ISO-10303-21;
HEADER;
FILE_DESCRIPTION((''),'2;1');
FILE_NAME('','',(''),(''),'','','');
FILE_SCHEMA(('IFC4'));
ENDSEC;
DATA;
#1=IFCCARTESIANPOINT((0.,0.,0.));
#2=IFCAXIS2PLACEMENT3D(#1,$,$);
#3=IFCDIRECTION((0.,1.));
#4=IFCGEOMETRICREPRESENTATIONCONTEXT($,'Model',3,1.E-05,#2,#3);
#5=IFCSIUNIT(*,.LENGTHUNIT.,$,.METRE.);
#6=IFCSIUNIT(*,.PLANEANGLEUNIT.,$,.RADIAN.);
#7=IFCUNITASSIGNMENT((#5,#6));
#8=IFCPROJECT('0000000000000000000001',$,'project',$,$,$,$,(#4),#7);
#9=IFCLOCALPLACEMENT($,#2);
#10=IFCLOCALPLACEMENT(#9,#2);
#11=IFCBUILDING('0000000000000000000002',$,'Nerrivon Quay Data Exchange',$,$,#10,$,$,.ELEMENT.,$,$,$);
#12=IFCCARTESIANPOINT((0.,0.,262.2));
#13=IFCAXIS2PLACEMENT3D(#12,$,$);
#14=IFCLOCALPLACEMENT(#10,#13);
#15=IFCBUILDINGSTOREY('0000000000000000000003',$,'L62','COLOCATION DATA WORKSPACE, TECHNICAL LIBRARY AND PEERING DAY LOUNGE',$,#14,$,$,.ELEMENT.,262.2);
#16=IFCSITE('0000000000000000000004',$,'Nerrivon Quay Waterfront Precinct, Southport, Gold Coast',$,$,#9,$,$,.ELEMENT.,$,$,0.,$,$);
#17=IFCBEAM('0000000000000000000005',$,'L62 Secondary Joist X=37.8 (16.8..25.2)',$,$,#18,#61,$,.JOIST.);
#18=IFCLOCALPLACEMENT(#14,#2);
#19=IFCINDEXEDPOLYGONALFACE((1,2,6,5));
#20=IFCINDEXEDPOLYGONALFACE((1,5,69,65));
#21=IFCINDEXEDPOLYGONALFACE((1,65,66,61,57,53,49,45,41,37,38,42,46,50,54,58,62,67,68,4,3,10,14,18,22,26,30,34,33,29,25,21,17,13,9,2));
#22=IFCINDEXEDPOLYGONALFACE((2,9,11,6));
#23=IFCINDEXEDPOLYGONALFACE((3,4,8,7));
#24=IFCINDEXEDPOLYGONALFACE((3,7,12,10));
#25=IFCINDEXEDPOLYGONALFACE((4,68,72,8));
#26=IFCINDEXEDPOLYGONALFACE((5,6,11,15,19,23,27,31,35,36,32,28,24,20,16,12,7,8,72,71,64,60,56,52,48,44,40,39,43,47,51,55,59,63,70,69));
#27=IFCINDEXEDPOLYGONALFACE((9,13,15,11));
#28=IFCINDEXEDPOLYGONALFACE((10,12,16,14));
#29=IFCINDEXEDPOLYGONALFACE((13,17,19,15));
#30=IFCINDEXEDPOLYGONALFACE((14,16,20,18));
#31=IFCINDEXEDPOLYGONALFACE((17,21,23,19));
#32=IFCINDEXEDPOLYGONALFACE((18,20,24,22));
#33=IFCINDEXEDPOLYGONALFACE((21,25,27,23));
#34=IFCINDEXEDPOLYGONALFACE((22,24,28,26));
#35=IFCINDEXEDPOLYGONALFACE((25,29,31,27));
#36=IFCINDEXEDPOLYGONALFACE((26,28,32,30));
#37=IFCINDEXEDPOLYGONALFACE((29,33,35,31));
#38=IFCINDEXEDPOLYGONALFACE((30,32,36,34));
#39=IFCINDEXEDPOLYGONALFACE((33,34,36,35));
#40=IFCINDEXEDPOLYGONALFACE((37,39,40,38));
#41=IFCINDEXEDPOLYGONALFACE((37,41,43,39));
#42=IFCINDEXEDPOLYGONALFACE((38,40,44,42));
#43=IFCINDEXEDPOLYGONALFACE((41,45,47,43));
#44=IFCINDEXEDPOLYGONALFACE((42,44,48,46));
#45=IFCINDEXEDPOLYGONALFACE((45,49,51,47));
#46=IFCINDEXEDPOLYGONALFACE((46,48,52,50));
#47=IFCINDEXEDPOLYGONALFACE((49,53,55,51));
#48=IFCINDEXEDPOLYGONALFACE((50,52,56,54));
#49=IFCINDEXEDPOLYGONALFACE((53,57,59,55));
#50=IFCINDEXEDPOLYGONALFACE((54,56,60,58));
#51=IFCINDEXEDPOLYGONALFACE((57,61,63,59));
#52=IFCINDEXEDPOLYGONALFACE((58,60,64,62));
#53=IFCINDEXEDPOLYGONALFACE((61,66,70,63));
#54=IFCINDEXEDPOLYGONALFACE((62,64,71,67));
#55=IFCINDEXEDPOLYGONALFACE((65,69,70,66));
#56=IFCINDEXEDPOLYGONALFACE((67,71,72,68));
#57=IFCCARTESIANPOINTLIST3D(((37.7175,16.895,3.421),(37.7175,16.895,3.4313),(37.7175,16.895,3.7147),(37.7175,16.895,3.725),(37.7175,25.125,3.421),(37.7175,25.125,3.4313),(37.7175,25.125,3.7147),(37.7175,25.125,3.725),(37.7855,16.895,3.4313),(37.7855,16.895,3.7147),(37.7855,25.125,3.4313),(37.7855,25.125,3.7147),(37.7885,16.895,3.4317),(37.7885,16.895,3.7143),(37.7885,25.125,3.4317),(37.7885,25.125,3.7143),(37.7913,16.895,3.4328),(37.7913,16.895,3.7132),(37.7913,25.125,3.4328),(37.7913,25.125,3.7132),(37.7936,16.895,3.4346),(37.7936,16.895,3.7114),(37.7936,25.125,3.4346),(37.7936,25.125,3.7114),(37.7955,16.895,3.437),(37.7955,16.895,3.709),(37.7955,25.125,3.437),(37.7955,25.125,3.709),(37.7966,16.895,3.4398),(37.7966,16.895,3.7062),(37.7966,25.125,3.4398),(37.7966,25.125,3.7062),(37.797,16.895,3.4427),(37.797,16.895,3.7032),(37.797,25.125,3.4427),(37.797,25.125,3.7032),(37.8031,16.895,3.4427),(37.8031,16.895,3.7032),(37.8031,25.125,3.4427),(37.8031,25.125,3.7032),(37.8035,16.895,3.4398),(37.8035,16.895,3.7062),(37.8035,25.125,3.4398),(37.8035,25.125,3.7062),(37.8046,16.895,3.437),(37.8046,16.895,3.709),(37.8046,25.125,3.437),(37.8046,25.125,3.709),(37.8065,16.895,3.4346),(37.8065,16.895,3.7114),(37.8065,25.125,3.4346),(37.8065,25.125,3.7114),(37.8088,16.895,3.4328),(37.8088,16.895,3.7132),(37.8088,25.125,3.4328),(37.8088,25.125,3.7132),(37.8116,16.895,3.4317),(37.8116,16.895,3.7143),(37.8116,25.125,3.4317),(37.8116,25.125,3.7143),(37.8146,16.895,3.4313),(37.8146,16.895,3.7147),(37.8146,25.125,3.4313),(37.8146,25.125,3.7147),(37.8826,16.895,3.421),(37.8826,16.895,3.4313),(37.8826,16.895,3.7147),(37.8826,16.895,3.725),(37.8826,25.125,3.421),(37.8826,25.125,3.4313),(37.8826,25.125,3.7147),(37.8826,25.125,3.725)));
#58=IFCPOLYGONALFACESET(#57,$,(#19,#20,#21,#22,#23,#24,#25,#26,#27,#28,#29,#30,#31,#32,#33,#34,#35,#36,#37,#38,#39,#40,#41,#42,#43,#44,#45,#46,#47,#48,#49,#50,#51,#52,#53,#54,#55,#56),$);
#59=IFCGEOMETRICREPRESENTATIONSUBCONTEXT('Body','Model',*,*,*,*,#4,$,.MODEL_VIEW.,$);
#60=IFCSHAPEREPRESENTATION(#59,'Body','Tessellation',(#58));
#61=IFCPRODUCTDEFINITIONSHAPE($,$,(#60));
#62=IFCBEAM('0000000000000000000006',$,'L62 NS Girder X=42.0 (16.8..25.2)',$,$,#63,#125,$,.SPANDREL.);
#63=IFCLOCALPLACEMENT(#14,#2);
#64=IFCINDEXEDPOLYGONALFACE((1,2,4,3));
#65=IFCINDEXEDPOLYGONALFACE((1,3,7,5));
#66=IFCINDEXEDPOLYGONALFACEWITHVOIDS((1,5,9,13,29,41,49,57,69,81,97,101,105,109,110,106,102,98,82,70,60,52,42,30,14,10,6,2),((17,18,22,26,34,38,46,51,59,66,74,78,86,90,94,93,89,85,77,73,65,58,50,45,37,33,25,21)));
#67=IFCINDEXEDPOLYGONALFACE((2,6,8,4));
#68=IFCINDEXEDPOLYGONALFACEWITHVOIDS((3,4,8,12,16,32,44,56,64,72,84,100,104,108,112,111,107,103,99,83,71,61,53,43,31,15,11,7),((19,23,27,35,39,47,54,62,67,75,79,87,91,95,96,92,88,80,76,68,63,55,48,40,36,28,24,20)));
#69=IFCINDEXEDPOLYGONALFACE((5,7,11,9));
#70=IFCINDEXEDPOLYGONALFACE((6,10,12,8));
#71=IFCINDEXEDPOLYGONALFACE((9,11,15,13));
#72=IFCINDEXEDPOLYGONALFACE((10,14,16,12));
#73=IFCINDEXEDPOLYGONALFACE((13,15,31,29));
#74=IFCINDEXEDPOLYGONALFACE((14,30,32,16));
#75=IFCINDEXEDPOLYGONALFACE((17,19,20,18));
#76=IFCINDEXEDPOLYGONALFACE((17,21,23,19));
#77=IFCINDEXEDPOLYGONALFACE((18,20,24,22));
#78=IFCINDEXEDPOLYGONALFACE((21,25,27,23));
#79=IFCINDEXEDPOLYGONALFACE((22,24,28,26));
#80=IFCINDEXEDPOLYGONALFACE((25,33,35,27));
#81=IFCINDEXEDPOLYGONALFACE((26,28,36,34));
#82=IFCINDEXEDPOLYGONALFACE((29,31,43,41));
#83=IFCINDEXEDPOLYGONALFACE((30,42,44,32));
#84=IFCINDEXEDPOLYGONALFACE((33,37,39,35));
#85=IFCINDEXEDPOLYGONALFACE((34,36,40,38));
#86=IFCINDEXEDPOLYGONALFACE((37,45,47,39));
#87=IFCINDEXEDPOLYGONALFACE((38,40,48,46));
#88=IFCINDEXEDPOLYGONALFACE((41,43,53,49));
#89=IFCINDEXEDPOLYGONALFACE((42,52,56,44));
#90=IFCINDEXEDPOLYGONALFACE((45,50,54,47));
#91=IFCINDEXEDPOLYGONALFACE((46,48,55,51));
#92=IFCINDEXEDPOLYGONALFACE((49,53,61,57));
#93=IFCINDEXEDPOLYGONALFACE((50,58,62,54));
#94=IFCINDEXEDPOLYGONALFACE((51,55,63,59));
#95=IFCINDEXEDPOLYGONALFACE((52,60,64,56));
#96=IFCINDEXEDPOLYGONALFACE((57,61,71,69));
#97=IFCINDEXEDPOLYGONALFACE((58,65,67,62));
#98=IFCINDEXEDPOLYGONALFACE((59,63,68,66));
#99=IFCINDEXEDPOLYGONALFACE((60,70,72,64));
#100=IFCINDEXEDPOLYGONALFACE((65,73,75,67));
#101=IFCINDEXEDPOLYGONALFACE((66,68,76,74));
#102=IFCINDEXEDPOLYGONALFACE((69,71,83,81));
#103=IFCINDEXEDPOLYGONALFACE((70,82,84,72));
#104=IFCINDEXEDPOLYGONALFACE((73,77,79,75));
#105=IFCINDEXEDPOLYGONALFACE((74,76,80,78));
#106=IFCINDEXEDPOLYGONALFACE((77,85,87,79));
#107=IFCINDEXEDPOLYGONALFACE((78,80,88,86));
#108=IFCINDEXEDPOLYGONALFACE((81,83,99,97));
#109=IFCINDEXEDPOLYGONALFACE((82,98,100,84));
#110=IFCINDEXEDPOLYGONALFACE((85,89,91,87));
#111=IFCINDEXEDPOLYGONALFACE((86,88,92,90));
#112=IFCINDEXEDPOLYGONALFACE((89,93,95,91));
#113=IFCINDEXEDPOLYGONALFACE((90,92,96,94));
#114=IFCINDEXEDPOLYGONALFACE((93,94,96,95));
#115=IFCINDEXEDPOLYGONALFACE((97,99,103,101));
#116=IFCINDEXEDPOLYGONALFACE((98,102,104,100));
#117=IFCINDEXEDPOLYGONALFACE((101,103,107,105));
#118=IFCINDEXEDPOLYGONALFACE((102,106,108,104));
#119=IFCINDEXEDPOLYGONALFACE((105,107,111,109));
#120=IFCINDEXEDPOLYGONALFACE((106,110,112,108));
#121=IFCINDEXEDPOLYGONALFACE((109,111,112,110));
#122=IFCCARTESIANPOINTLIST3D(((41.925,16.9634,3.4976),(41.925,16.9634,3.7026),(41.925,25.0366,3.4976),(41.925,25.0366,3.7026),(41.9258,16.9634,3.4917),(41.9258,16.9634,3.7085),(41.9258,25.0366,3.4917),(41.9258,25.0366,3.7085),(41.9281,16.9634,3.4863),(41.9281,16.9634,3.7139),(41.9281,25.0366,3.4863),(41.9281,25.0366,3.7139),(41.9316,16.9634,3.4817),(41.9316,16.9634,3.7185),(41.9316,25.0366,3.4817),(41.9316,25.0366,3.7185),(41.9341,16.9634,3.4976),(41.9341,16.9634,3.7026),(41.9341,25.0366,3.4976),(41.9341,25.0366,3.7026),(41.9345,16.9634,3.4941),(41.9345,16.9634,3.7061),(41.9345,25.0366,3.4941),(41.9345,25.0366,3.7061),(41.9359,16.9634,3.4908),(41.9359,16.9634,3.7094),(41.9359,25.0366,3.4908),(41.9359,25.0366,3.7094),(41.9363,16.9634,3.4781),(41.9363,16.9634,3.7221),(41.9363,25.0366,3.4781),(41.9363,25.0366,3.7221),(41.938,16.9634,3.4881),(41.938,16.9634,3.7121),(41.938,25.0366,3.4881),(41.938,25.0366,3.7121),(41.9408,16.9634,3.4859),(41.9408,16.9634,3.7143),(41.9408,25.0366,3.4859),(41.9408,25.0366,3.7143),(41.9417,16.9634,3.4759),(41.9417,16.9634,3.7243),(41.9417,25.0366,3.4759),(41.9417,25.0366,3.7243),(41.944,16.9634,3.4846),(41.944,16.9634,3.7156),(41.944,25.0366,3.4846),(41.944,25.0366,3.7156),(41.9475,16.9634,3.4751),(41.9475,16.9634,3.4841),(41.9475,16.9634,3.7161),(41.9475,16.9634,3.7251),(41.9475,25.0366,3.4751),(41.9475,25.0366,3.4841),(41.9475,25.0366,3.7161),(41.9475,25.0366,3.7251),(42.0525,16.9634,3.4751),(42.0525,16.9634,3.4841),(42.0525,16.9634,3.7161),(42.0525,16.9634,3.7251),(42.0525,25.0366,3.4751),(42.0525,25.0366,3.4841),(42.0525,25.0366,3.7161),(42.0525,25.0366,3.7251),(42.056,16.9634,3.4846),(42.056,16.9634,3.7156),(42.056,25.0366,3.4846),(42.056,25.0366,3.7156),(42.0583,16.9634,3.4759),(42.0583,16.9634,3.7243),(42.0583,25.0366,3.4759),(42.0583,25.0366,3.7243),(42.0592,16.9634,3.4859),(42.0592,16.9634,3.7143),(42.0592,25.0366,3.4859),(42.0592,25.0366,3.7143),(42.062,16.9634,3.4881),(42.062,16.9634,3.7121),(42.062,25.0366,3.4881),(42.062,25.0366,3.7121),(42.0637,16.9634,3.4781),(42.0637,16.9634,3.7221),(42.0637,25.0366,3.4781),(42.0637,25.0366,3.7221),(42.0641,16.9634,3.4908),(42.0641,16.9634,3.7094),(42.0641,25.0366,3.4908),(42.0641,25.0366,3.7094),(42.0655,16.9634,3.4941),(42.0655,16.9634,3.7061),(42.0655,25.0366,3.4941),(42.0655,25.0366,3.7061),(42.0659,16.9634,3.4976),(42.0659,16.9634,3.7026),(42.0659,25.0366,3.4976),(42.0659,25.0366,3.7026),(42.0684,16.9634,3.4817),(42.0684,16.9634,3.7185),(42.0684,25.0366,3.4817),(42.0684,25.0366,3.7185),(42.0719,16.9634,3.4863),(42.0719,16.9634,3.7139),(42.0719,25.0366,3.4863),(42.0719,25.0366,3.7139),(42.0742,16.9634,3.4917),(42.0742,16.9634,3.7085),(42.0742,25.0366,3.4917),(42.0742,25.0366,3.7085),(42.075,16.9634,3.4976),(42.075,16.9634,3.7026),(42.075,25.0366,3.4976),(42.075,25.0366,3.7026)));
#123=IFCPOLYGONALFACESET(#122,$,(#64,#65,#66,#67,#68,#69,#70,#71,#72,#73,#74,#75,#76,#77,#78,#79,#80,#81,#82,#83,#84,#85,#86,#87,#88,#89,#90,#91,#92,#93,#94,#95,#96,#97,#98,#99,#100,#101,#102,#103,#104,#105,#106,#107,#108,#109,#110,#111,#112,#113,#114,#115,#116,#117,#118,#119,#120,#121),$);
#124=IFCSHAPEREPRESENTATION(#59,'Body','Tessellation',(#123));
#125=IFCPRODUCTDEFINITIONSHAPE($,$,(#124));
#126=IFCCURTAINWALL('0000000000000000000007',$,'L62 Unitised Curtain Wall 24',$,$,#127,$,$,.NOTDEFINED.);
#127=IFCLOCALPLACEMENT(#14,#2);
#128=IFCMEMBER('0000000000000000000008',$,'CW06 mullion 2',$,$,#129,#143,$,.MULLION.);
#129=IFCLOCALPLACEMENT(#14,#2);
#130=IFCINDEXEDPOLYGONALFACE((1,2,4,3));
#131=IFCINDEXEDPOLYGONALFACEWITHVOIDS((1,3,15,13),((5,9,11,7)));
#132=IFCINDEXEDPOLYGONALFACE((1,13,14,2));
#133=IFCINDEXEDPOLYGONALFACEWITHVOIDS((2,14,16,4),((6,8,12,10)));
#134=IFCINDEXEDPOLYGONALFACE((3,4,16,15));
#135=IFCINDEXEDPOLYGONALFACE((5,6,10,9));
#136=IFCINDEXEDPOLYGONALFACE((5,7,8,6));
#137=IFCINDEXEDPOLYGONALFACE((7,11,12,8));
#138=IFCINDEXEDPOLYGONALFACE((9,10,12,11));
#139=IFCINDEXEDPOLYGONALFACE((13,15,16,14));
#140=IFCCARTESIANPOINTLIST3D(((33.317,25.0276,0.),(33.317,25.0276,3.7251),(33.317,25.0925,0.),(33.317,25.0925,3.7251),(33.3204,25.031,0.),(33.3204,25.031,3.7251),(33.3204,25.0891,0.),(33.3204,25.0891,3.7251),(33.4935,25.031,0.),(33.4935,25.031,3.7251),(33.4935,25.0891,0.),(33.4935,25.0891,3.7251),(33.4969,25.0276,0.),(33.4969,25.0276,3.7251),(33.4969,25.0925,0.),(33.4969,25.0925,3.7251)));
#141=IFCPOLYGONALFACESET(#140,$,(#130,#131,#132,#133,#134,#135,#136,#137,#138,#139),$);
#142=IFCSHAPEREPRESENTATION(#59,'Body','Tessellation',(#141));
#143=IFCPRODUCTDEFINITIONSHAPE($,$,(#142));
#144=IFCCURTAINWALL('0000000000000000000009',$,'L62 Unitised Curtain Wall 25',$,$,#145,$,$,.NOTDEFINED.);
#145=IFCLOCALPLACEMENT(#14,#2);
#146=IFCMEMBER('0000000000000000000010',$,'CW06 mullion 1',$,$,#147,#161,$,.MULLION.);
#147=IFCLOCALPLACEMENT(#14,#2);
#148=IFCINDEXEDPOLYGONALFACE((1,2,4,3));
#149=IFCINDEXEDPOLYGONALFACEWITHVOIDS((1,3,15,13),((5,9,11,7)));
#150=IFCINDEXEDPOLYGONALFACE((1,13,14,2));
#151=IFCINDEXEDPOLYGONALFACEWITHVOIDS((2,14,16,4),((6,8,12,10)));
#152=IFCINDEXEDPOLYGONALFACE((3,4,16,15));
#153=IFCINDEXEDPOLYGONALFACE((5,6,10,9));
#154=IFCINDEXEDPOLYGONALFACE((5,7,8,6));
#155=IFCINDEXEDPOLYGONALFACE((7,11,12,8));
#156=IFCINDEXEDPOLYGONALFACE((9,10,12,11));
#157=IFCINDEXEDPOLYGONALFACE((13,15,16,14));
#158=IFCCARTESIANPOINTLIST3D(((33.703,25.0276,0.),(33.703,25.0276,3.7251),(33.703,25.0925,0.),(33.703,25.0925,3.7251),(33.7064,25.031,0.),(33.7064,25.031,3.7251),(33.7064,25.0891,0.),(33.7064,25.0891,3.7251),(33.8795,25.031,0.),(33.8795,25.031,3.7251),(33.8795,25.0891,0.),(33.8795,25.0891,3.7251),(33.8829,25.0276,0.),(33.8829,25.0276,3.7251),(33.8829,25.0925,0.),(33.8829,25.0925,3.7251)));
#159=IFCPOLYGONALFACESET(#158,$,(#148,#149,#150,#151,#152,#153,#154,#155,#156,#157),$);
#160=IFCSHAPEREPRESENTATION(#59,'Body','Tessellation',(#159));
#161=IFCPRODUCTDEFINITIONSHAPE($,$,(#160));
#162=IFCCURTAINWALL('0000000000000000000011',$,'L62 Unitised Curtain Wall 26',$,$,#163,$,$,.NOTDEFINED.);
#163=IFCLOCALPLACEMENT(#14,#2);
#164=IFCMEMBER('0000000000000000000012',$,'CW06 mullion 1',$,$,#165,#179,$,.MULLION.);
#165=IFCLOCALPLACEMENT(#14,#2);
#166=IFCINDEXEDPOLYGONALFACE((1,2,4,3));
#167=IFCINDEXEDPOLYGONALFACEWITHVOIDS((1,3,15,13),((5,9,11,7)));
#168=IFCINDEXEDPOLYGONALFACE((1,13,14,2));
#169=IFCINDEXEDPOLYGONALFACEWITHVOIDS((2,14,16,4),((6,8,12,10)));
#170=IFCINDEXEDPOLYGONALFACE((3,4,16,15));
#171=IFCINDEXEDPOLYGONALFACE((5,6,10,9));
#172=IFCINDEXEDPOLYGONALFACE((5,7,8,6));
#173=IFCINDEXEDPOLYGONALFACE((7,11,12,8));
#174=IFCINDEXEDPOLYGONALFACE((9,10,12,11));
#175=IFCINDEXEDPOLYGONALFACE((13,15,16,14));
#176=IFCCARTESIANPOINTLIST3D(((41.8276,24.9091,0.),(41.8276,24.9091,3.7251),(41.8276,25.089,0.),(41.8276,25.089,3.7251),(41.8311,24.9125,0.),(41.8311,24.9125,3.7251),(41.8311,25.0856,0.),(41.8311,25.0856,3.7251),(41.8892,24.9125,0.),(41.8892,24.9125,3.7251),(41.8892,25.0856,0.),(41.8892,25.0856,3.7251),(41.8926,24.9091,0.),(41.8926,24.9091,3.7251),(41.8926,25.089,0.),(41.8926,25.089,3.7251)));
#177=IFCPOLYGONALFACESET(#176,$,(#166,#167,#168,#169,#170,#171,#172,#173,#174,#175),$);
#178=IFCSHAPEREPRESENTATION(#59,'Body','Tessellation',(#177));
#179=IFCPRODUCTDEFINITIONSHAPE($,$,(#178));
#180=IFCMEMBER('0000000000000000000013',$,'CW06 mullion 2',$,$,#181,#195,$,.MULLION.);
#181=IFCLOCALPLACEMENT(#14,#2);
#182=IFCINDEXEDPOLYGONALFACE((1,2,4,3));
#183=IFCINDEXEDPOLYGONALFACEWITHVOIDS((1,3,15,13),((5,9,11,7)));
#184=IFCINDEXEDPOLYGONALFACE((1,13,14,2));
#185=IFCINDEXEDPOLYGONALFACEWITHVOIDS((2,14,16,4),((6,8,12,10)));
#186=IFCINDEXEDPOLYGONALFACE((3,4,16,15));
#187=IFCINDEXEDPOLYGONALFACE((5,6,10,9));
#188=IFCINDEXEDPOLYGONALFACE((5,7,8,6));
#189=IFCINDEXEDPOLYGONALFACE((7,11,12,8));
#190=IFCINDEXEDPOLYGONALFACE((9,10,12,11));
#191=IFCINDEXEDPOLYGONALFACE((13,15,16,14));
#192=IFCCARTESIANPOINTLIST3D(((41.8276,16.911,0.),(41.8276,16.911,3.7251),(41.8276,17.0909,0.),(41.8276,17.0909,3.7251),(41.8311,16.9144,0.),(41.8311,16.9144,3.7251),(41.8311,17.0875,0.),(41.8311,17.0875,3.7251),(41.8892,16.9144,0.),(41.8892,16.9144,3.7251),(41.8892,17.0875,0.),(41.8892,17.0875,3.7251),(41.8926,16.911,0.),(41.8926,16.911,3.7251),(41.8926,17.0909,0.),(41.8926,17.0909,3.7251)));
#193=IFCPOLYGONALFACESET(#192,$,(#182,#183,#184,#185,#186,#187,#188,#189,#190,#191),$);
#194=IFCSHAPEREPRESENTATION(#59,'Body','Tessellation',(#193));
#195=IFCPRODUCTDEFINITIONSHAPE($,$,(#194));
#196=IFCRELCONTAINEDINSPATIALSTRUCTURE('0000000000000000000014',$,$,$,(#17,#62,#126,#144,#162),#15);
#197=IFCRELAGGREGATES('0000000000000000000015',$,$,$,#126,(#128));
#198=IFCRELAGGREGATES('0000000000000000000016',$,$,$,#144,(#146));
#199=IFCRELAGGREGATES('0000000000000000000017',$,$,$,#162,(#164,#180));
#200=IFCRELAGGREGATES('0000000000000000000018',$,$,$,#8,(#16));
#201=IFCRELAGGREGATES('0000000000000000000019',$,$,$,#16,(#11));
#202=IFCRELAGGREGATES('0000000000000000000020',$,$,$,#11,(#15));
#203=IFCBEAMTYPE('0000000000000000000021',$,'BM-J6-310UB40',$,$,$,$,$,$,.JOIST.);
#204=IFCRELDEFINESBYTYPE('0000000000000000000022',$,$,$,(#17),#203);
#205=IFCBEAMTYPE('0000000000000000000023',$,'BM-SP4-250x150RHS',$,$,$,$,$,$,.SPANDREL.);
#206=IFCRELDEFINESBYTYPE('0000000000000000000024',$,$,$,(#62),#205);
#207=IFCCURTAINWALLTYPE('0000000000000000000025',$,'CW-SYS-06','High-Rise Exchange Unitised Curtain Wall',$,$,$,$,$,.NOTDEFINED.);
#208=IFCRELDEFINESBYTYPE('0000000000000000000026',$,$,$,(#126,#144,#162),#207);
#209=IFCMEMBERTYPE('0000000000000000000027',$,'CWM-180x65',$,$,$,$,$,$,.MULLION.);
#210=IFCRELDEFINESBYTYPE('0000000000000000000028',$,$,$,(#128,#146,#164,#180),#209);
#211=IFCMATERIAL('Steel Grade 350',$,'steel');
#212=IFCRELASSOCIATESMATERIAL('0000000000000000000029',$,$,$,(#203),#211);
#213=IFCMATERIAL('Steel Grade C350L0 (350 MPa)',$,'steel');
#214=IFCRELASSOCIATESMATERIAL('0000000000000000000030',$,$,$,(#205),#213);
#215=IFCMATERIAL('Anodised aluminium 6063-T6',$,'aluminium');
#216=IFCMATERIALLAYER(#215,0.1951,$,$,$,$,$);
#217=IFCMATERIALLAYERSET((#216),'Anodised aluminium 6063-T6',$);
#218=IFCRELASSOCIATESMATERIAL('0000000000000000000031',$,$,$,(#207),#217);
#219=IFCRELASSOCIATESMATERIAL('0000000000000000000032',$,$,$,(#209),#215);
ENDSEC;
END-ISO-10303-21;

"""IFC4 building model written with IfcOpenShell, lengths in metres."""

from ifc_helpers import new_model, si_unit, direction, frame, origin, origin_2d, place, context, subcontext, project, spatial, hollow_rectangle, i_section, extrude, material, layer, layer_set, material_profile, profile_set, type_object, element, aggregate, save


model = new_model("IFC4")

# Units and contexts
model_context = context("Model", 3, precision=1e-05, world=origin(), true_north=direction((0.0, 1.0)))
body_context = subcontext(model_context, "Body", "Model", "MODEL_VIEW")
ifc_project = project(units=[si_unit("LENGTHUNIT", "METRE"), si_unit("PLANEANGLEUNIT", "RADIAN")], contexts=[model_context])

# Site, building, storey
site_placement = place(None, origin())
site = spatial("IfcSite", under=ifc_project, at=site_placement, Name="Nerrivon Quay Waterfront Precinct, Southport, Gold Coast", CompositionType="ELEMENT", RefElevation=0.0)
building_placement = place(site_placement, origin())
building = spatial("IfcBuilding", under=site, at=building_placement, Name="Nerrivon Quay Data Exchange", CompositionType="ELEMENT")
storey_placement = place(building_placement, frame((0.0, 0.0, 262.2)))
storey = spatial("IfcBuildingStorey", under=building, at=storey_placement, Name="L62", Description="COLOCATION DATA WORKSPACE, TECHNICAL LIBRARY AND PEERING DAY LOUNGE", CompositionType="ELEMENT", Elevation=262.2)

# Shared definitions
ifc_material_1 = material(Name="Steel Grade 350", Category="steel")

# Beams
ifc_material_profile_1 = material_profile(ifc_material_1, i_section(OverallWidth=0.165, OverallDepth=0.304, WebThickness=0.0061, FlangeThickness=0.0103, FilletRadius=0.0115, at=origin_2d()), Name="310UB40.4")
ifc_profile_set_1 = profile_set([ifc_material_profile_1], Name="Steel Grade 350")
beam_type_1 = type_object("IfcBeamType", Name="BM-J6-310UB40", PredefinedType="JOIST", material=ifc_profile_set_1)
beam_1_placement = place(storey_placement, frame((37.8, 16.895, 3.573), z_axis=(0.0, 1.0, 0.0), x_axis=(-1.0, 0.0, 0.0)))
element("IfcBeam", 1, at=beam_1_placement, inside=storey, type_object=beam_type_1, Name="L62 Secondary Joist X=37.8 (16.8..25.2)", PredefinedType="JOIST", context=body_context, shape_type="SweptSolid", body=[
    extrude(i_section(OverallWidth=0.165, OverallDepth=0.304, WebThickness=0.0061, FlangeThickness=0.0103, FilletRadius=0.0115, at=origin_2d()), origin(), (0.0, 0.0, 1.0), 8.23),
])
ifc_material_2 = material(Name="Steel Grade C350L0 (350 MPa)", Category="steel")
ifc_material_profile_2 = material_profile(ifc_material_2, hollow_rectangle(XDim=0.1499, YDim=0.25, WallThickness=0.009, InnerFilletRadius=0.0134, OuterFilletRadius=0.0225, at=origin_2d()), Name="250x150x9.0RHS")
ifc_profile_set_2 = profile_set([ifc_material_profile_2], Name="Steel Grade C350L0 (350 MPa)")
beam_type_2 = type_object("IfcBeamType", Name="BM-SP4-250x150RHS", PredefinedType="SPANDREL", material=ifc_profile_set_2)
beam_2_placement = place(storey_placement, frame((42.0, 16.9634, 3.6001), z_axis=(0.0, 1.0, 0.0), x_axis=(-1.0, 0.0, 0.0)))
element("IfcBeam", 2, at=beam_2_placement, inside=storey, type_object=beam_type_2, Name="L62 NS Girder X=42.0 (16.8..25.2)", PredefinedType="SPANDREL", context=body_context, shape_type="SweptSolid", body=[
    extrude(hollow_rectangle(XDim=0.1499, YDim=0.25, WallThickness=0.009, InnerFilletRadius=0.0134, OuterFilletRadius=0.0225, at=origin_2d()), origin(), (0.0, 0.0, 1.0), 8.0732),
])

# Curtain walls, members
ifc_material_3 = material(Name="Anodised aluminium 6063-T6", Category="aluminium")
ifc_layer_1 = layer(ifc_material_3, 0.1951)
ifc_layer_set_1 = layer_set([ifc_layer_1], Name="Anodised aluminium 6063-T6")
curtain_wall_type = type_object("IfcCurtainWallType", Name="CW-SYS-06", Description="High-Rise Exchange Unitised Curtain Wall", PredefinedType="NOTDEFINED", material=ifc_layer_set_1)
curtain_wall_1_placement = place(storey_placement, origin())
curtain_wall_1 = element("IfcCurtainWall", 3, at=curtain_wall_1_placement, inside=storey, type_object=curtain_wall_type, Name="L62 Unitised Curtain Wall 24", PredefinedType="NOTDEFINED")
ifc_material_profile_3 = material_profile(ifc_material_3, hollow_rectangle(XDim=0.0649, YDim=0.1799, WallThickness=0.0034, at=origin_2d()), Name="ALU-MULL-180x65")
ifc_profile_set_3 = profile_set([ifc_material_profile_3], Name="Anodised aluminium 6063-T6")
member_type_1 = type_object("IfcMemberType", Name="CWM-180x65", PredefinedType="MULLION", material=ifc_profile_set_3)
member_1_placement = place(storey_placement, frame((33.407, 25.0601, 0.0), z_axis=(0.0, 0.0, 1.0), x_axis=(0.0, 1.0, 0.0)))
member_1 = element("IfcMember", 4, at=member_1_placement, type_object=member_type_1, Name="CW06 mullion 2", PredefinedType="MULLION", context=body_context, shape_type="SweptSolid", body=[
    extrude(hollow_rectangle(XDim=0.0649, YDim=0.1799, WallThickness=0.0034, at=origin_2d()), origin(), (0.0, 0.0, 1.0), 3.7251),
])
aggregate(curtain_wall_1, [member_1])
curtain_wall_2_placement = place(storey_placement, origin())
curtain_wall_2 = element("IfcCurtainWall", 5, at=curtain_wall_2_placement, inside=storey, type_object=curtain_wall_type, Name="L62 Unitised Curtain Wall 25", PredefinedType="NOTDEFINED")
member_2_placement = place(storey_placement, frame((33.793, 25.0601, 0.0), z_axis=(0.0, 0.0, 1.0), x_axis=(0.0, 1.0, 0.0)))
member_2 = element("IfcMember", 6, at=member_2_placement, type_object=member_type_1, Name="CW06 mullion 1", PredefinedType="MULLION", context=body_context, shape_type="SweptSolid", body=[
    extrude(hollow_rectangle(XDim=0.0649, YDim=0.1799, WallThickness=0.0034, at=origin_2d()), origin(), (0.0, 0.0, 1.0), 3.7251),
])

# Curtain wall, members
curtain_wall_3_placement = place(storey_placement, origin())
curtain_wall_3 = element("IfcCurtainWall", 7, at=curtain_wall_3_placement, inside=storey, type_object=curtain_wall_type, Name="L62 Unitised Curtain Wall 26", PredefinedType="NOTDEFINED")
member_3_placement = place(storey_placement, frame((41.8601, 24.999, 0.0), z_axis=(0.0, 0.0, 1.0), x_axis=(1.0, 0.0, 0.0)))
member_3 = element("IfcMember", 8, at=member_3_placement, type_object=member_type_1, Name="CW06 mullion 1", PredefinedType="MULLION", context=body_context, shape_type="SweptSolid", body=[
    extrude(hollow_rectangle(XDim=0.0649, YDim=0.1799, WallThickness=0.0034, at=origin_2d()), origin(), (0.0, 0.0, 1.0), 3.7251),
])
member_4_placement = place(storey_placement, frame((41.8601, 17.001, 0.0), z_axis=(0.0, 0.0, 1.0), x_axis=(1.0, 0.0, 0.0)))
member_4 = element("IfcMember", 9, at=member_4_placement, type_object=member_type_1, Name="CW06 mullion 2", PredefinedType="MULLION", context=body_context, shape_type="SweptSolid", body=[
    extrude(hollow_rectangle(XDim=0.0649, YDim=0.1799, WallThickness=0.0034, at=origin_2d()), origin(), (0.0, 0.0, 1.0), 3.7251),
])

aggregate(curtain_wall_2, [member_2])

aggregate(curtain_wall_3, [member_3, member_4])

save(model, "model.ifc")
